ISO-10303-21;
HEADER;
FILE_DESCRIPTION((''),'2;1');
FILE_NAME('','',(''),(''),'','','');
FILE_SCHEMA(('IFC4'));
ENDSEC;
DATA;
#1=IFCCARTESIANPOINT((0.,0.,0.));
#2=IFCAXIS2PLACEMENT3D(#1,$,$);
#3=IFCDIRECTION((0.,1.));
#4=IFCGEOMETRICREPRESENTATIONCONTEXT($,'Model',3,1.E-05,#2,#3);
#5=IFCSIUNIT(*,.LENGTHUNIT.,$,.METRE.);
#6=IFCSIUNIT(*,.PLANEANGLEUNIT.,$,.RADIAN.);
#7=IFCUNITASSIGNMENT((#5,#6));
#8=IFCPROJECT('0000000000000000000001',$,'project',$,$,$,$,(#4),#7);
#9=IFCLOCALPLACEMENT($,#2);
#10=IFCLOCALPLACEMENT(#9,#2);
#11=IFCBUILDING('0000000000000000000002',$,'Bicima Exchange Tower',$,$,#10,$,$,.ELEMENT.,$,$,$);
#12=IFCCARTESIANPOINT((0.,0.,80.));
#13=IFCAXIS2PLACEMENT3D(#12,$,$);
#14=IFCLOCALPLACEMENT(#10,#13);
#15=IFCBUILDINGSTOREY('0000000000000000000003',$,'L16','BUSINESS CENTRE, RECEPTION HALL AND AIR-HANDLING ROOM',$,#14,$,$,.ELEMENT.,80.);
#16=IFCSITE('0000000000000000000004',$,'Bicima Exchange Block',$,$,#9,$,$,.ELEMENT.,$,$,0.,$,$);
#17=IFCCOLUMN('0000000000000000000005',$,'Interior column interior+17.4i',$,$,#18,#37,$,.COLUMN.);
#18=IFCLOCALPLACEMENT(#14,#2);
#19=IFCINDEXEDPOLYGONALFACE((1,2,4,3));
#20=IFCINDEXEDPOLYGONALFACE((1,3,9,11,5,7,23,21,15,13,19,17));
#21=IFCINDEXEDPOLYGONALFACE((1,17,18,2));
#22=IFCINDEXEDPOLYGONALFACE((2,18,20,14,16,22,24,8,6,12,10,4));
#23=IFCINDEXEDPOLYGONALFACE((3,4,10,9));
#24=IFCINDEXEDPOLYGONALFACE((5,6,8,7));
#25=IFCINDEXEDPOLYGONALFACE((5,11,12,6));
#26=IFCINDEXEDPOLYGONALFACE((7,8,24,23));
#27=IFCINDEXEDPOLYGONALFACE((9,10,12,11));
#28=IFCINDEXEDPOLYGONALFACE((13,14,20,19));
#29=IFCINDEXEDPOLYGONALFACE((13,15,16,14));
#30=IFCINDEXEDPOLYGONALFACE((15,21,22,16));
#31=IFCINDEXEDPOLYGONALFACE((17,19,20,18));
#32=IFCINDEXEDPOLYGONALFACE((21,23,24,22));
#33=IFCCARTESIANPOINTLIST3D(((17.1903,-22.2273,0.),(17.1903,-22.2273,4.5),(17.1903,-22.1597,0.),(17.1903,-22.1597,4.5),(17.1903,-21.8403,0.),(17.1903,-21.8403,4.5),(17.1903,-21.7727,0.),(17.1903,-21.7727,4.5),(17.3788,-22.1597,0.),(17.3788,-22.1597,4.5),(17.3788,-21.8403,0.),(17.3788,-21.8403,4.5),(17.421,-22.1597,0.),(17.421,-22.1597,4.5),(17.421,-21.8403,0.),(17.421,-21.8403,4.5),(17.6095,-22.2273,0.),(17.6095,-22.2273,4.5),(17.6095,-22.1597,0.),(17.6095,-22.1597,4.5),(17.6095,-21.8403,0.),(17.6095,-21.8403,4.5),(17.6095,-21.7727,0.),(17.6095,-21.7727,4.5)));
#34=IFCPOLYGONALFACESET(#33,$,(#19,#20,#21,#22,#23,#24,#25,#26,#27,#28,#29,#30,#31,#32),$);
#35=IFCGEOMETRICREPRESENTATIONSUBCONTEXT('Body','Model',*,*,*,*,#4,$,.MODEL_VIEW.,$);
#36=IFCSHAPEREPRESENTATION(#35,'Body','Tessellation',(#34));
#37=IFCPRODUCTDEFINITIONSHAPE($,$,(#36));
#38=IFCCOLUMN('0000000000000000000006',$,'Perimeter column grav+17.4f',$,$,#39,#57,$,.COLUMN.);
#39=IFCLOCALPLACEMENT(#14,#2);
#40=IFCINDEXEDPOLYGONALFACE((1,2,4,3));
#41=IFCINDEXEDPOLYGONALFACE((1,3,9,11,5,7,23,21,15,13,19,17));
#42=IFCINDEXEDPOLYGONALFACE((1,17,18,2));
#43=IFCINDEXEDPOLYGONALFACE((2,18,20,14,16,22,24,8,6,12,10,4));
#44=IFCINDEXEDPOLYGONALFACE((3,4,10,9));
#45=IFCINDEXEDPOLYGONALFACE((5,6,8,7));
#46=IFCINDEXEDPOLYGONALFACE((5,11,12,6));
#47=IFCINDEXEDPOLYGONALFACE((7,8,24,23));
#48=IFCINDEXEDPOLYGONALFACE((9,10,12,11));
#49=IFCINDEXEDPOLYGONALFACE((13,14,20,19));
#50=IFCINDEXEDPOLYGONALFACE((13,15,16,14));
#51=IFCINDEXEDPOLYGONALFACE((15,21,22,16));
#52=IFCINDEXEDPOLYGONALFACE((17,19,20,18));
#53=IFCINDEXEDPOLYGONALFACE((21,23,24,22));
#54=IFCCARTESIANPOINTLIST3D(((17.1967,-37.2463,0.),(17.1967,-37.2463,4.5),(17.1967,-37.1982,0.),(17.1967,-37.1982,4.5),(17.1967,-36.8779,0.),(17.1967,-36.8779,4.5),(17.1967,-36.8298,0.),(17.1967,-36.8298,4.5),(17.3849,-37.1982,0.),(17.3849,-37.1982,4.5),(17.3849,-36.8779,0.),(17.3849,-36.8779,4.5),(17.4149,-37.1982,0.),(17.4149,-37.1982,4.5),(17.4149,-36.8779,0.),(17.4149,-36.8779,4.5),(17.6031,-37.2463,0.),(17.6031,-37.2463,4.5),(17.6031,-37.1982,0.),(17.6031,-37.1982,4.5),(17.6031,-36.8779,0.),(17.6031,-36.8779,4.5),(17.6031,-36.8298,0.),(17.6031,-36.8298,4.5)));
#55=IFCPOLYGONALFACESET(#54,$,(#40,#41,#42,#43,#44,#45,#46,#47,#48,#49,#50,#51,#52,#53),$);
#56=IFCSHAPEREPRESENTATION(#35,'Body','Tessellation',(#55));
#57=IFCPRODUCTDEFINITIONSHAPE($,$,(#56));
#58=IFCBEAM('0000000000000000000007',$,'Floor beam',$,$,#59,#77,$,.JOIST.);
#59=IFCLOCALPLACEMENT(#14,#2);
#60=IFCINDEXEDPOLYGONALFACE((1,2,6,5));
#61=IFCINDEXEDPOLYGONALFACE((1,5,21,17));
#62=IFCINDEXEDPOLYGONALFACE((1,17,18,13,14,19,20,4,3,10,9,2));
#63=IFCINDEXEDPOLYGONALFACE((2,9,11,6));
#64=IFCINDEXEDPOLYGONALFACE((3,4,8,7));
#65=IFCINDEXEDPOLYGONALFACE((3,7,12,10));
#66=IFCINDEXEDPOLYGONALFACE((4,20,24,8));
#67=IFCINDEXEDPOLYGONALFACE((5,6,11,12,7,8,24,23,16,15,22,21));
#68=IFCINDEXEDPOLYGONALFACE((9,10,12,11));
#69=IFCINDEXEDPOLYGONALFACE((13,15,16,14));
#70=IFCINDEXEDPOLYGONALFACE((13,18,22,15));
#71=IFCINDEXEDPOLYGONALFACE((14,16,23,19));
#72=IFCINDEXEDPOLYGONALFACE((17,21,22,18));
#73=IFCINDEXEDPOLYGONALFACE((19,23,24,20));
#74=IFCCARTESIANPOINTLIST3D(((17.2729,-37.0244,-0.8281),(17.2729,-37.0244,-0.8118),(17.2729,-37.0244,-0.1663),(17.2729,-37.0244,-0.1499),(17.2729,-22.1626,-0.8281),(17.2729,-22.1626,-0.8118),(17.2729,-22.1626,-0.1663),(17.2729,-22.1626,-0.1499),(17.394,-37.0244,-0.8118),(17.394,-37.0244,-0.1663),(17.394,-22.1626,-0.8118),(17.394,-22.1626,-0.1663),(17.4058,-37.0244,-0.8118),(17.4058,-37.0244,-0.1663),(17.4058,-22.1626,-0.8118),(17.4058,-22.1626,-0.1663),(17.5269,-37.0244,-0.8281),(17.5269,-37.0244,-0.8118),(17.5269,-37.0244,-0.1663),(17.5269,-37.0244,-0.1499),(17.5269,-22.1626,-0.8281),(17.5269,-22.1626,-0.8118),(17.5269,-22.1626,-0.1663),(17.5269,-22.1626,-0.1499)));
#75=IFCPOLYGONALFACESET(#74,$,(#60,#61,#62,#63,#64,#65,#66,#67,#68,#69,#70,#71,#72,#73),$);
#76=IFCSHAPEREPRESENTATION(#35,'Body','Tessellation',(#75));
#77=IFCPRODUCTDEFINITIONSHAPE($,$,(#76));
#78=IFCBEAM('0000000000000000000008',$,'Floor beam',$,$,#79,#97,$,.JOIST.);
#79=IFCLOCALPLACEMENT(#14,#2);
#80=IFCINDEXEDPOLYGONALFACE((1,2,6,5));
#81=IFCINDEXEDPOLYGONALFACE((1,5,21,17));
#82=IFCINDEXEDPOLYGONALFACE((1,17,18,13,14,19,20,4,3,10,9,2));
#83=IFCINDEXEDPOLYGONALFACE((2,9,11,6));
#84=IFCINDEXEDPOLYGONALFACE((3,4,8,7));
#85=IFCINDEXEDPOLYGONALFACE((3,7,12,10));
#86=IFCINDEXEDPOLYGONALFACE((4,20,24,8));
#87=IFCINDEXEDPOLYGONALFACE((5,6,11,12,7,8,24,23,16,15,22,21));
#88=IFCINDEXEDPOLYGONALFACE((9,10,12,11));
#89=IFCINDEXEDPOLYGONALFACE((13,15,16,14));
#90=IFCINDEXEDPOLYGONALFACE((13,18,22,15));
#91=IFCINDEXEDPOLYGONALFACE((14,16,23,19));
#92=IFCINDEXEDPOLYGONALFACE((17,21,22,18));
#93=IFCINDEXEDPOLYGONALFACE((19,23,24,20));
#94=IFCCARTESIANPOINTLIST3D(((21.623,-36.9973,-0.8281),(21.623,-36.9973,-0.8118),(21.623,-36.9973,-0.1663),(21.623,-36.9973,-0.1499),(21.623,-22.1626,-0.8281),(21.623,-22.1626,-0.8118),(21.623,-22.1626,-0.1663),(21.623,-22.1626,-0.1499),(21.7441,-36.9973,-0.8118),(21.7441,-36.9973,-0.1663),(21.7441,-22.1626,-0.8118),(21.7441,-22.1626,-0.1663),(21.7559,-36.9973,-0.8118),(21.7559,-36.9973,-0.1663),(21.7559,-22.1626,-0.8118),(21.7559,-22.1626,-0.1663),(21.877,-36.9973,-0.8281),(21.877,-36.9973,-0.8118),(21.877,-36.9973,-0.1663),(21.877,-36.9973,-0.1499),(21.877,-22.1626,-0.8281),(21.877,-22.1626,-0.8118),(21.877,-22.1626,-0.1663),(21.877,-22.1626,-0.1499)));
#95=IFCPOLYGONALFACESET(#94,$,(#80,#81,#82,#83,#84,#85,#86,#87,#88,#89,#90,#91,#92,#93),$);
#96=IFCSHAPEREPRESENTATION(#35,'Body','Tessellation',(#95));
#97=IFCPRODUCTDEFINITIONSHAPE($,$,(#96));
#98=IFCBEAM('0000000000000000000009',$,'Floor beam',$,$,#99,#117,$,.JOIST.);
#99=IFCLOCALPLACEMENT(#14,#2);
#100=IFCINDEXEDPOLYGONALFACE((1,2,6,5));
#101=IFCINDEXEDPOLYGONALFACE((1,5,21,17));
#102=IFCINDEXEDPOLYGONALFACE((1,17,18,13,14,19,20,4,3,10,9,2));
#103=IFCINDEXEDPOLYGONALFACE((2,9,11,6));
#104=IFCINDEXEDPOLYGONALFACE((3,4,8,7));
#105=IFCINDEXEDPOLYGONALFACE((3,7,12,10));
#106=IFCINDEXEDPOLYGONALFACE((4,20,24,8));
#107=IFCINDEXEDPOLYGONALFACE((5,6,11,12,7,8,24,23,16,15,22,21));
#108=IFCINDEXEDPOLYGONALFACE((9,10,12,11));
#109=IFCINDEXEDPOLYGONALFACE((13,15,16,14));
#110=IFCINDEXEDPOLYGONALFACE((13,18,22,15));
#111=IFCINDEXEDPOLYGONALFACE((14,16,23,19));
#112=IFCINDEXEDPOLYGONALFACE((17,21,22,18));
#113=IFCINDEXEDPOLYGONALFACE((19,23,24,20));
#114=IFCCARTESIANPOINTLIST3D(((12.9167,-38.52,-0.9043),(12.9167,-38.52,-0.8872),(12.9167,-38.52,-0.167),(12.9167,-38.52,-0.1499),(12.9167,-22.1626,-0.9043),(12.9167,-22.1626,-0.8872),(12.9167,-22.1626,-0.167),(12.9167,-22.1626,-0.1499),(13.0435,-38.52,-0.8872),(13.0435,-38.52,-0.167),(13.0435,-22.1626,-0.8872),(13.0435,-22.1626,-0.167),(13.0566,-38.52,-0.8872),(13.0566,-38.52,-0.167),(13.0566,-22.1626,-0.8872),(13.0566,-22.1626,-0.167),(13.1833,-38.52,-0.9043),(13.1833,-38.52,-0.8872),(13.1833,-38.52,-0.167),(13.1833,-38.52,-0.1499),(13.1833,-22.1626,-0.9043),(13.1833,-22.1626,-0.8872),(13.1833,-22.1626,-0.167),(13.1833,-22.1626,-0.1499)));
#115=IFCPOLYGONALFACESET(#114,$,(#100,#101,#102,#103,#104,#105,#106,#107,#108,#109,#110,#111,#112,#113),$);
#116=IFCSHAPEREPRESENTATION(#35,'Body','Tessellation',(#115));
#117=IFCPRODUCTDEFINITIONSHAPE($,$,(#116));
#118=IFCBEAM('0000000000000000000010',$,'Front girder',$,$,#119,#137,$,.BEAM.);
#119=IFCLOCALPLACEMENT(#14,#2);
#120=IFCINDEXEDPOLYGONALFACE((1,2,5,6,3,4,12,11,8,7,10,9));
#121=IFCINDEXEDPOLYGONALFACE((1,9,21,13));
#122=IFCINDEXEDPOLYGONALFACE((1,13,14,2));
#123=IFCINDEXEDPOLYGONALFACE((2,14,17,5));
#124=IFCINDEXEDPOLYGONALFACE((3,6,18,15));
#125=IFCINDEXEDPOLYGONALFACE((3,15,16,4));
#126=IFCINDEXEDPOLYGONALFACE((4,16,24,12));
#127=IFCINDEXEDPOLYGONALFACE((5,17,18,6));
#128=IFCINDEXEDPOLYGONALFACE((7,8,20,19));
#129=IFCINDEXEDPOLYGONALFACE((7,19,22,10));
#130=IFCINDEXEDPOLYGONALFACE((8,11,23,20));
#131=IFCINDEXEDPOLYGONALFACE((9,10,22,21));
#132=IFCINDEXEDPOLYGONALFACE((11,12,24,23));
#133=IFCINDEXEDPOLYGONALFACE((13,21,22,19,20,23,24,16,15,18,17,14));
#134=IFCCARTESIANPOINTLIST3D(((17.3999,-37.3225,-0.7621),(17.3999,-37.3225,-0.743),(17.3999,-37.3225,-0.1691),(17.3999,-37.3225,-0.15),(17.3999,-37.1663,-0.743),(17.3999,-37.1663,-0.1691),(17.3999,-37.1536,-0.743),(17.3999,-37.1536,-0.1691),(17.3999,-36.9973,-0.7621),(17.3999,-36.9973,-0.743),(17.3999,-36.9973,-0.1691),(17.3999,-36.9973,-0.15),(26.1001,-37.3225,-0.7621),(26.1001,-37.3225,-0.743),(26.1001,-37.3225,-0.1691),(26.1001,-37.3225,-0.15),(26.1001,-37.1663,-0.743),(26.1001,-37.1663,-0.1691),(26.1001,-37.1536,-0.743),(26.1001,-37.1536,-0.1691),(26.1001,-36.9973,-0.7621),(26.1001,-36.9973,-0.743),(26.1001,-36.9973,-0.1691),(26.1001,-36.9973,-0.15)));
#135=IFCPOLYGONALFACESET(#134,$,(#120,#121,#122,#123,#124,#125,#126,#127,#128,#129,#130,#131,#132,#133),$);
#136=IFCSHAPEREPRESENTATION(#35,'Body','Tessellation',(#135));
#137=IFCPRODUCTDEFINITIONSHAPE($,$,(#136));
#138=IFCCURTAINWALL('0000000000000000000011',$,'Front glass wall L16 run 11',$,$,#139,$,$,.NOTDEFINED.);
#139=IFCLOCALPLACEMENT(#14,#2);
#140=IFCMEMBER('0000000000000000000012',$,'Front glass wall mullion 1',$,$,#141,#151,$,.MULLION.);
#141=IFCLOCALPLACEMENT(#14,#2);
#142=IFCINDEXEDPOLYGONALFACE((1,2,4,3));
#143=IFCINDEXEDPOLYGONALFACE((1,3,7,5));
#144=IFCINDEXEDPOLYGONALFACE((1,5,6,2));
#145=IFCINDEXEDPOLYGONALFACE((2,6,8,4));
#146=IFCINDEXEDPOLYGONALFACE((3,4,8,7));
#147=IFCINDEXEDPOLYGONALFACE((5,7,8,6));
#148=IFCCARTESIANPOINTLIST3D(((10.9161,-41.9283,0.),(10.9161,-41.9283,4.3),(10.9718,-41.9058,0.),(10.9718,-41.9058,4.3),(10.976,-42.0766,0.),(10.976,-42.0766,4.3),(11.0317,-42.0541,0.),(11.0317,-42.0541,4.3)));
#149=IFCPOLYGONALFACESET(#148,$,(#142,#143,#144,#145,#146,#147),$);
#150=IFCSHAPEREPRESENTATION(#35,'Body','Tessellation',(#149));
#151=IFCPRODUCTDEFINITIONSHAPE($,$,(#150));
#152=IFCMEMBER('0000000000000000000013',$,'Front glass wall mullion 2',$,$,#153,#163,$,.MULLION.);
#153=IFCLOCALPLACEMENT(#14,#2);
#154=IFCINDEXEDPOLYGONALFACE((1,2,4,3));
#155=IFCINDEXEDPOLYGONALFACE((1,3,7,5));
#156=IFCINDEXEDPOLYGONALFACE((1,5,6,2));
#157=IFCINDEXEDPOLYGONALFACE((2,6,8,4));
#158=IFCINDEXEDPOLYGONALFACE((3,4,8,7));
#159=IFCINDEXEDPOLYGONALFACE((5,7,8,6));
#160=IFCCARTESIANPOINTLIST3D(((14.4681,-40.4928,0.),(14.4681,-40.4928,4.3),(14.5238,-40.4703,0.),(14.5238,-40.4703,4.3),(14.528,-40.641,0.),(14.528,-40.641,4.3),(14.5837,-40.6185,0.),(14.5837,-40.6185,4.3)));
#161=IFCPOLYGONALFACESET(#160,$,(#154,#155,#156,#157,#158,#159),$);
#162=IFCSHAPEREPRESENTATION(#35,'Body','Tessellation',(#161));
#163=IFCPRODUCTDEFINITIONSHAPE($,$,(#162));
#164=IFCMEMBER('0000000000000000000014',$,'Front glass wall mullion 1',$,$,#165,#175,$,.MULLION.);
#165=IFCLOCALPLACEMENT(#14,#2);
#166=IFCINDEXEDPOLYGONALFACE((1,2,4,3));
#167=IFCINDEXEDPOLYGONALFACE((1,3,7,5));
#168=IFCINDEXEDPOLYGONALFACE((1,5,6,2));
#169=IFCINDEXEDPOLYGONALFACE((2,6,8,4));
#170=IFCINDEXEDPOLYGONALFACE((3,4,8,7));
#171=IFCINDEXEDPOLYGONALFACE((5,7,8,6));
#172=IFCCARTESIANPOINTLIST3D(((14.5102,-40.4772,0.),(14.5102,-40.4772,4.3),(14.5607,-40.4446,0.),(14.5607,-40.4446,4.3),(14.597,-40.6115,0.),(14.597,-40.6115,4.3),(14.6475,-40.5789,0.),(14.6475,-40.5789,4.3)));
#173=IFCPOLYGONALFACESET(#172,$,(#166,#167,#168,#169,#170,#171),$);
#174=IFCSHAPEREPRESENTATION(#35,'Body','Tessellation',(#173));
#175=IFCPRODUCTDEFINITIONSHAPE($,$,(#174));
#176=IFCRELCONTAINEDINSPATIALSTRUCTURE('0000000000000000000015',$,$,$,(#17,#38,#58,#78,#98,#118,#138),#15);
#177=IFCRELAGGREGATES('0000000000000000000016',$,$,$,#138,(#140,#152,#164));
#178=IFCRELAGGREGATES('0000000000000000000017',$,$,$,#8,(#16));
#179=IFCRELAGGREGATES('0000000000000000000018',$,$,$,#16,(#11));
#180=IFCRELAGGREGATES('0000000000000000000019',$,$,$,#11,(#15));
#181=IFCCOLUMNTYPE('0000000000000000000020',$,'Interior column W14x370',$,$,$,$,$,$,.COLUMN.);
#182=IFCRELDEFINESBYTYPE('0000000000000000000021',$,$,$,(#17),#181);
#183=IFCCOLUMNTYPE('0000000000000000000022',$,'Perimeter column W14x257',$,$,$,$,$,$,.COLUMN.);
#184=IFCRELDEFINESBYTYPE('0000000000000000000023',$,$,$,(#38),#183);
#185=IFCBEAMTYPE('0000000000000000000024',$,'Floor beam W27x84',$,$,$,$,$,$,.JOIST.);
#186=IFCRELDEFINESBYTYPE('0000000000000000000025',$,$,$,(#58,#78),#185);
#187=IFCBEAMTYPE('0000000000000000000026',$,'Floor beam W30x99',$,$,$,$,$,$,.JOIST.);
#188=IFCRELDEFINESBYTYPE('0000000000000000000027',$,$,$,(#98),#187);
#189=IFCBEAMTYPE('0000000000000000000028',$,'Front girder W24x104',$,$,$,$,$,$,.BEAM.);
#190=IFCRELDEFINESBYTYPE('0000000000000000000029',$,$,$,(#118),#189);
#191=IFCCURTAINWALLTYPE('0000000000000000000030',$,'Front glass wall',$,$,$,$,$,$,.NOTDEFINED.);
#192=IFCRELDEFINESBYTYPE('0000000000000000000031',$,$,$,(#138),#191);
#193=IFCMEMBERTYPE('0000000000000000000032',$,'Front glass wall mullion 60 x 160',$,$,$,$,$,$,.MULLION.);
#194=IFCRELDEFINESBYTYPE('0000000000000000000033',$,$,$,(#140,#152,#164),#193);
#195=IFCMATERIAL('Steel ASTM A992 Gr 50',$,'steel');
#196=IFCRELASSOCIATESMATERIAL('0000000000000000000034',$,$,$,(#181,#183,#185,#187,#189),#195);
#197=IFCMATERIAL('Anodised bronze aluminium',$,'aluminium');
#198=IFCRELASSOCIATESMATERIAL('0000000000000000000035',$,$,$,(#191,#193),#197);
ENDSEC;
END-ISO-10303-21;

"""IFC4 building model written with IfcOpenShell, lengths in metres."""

from ifc_helpers import new_model, si_unit, direction, frame, origin, origin_2d, place, context, subcontext, project, spatial, rectangle, i_section, extrude, material, material_profile, profile_set, type_object, element, aggregate, save


model = new_model("IFC4")

# Units and contexts
model_context = context("Model", 3, precision=1e-05, world=origin(), true_north=direction((0.0, 1.0)))
body_context = subcontext(model_context, "Body", "Model", "MODEL_VIEW")
ifc_project = project(units=[si_unit("LENGTHUNIT", "METRE"), si_unit("PLANEANGLEUNIT", "RADIAN")], contexts=[model_context])

# Site, building, storey
site_placement = place(None, origin())
site = spatial("IfcSite", under=ifc_project, at=site_placement, Name="Bicima Exchange Block", CompositionType="ELEMENT", RefElevation=0.0)
building_placement = place(site_placement, origin())
building = spatial("IfcBuilding", under=site, at=building_placement, Name="Bicima Exchange Tower", CompositionType="ELEMENT")
storey_placement = place(building_placement, frame((0.0, 0.0, 80.0)))
storey = spatial("IfcBuildingStorey", under=building, at=storey_placement, Name="L16", Description="BUSINESS CENTRE, RECEPTION HALL AND AIR-HANDLING ROOM", CompositionType="ELEMENT", Elevation=80.0)

# Columns
ifc_material_1 = material(Name="Steel ASTM A992 Gr 50", Category="steel")
ifc_material_profile_1 = material_profile(ifc_material_1, i_section(OverallWidth=0.4192, OverallDepth=0.4546, WebThickness=0.0422, FlangeThickness=0.0676, at=origin_2d()))
ifc_profile_set_1 = profile_set([ifc_material_profile_1], Name="Steel ASTM A992 Gr 50")
column_type_1 = type_object("IfcColumnType", Name="Interior column W14x370", PredefinedType="COLUMN", material=ifc_profile_set_1)
column_1_placement = place(storey_placement, frame((17.3999, -22.0, 0.0), z_axis=(0.0, 0.0, 1.0), x_axis=(1.0, 0.0, 0.0)))
element("IfcColumn", 1, at=column_1_placement, inside=storey, type_object=column_type_1, Name="Interior column interior+17.4i", PredefinedType="COLUMN", context=body_context, shape_type="SweptSolid", body=[
    extrude(i_section(OverallWidth=0.4192, OverallDepth=0.4546, WebThickness=0.0422, FlangeThickness=0.0676, at=origin_2d()), origin(), (0.0, 0.0, 1.0), 4.5),
])
ifc_material_profile_2 = material_profile(ifc_material_1, i_section(OverallWidth=0.4065, OverallDepth=0.4165, WebThickness=0.03, FlangeThickness=0.0481, at=origin_2d()))
ifc_profile_set_2 = profile_set([ifc_material_profile_2], Name="Steel ASTM A992 Gr 50")
column_type_2 = type_object("IfcColumnType", Name="Perimeter column W14x257", PredefinedType="COLUMN", material=ifc_profile_set_2)
column_2_placement = place(storey_placement, frame((17.3999, -37.0381, 0.0), z_axis=(0.0, 0.0, 1.0), x_axis=(1.0, 0.0, 0.0)))
element("IfcColumn", 2, at=column_2_placement, inside=storey, type_object=column_type_2, Name="Perimeter column grav+17.4f", PredefinedType="COLUMN", context=body_context, shape_type="SweptSolid", body=[
    extrude(i_section(OverallWidth=0.4065, OverallDepth=0.4165, WebThickness=0.03, FlangeThickness=0.0481, at=origin_2d()), origin(), (0.0, 0.0, 1.0), 4.5),
])

# Beams
ifc_material_profile_3 = material_profile(ifc_material_1, i_section(OverallWidth=0.2539, OverallDepth=0.6782, WebThickness=0.0117, FlangeThickness=0.0164, at=origin_2d()))
ifc_profile_set_3 = profile_set([ifc_material_profile_3], Name="Steel ASTM A992 Gr 50")
beam_type_1 = type_object("IfcBeamType", Name="Floor beam W27x84", PredefinedType="JOIST", material=ifc_profile_set_3)
beam_1_placement = place(storey_placement, frame((17.3999, -22.1626, -0.489), z_axis=(0.0, -1.0, 0.0), x_axis=(1.0, 0.0, 0.0)))
element("IfcBeam", 3, at=beam_1_placement, inside=storey, type_object=beam_type_1, Name="Floor beam", PredefinedType="JOIST", context=body_context, shape_type="SweptSolid", body=[
    extrude(i_section(OverallWidth=0.2539, OverallDepth=0.6782, WebThickness=0.0117, FlangeThickness=0.0164, at=origin_2d()), origin(), (0.0, 0.0, 1.0), 14.8618),
])
beam_2_placement = place(storey_placement, frame((21.75, -22.1626, -0.489), z_axis=(0.0, -1.0, 0.0), x_axis=(1.0, 0.0, 0.0)))
element("IfcBeam", 4, at=beam_2_placement, inside=storey, type_object=beam_type_1, Name="Floor beam", PredefinedType="JOIST", context=body_context, shape_type="SweptSolid", body=[
    extrude(i_section(OverallWidth=0.2539, OverallDepth=0.6782, WebThickness=0.0117, FlangeThickness=0.0164, at=origin_2d()), origin(), (0.0, 0.0, 1.0), 14.8347),
])
ifc_material_profile_4 = material_profile(ifc_material_1, i_section(OverallWidth=0.2666, OverallDepth=0.7544, WebThickness=0.0132, FlangeThickness=0.0171, at=origin_2d()))
ifc_profile_set_4 = profile_set([ifc_material_profile_4], Name="Steel ASTM A992 Gr 50")
beam_type_2 = type_object("IfcBeamType", Name="Floor beam W30x99", PredefinedType="JOIST", material=ifc_profile_set_4)
beam_3_placement = place(storey_placement, frame((13.05, -22.1626, -0.5271), z_axis=(0.0, -1.0, 0.0), x_axis=(1.0, 0.0, 0.0)))
element("IfcBeam", 5, at=beam_3_placement, inside=storey, type_object=beam_type_2, Name="Floor beam", PredefinedType="JOIST", context=body_context, shape_type="SweptSolid", body=[
    extrude(i_section(OverallWidth=0.2666, OverallDepth=0.7544, WebThickness=0.0132, FlangeThickness=0.0171, at=origin_2d()), origin(), (0.0, 0.0, 1.0), 16.3574),
])
ifc_material_profile_5 = material_profile(ifc_material_1, i_section(OverallWidth=0.3252, OverallDepth=0.6121, WebThickness=0.0127, FlangeThickness=0.019, at=origin_2d()))
ifc_profile_set_5 = profile_set([ifc_material_profile_5], Name="Steel ASTM A992 Gr 50")
beam_type_3 = type_object("IfcBeamType", Name="Front girder W24x104", PredefinedType="BEAM", material=ifc_profile_set_5)
beam_4_placement = place(storey_placement, frame((17.3999, -37.1599, -0.4561), z_axis=(1.0, 0.0, 0.0), x_axis=(0.0, 1.0, 0.0)))
element("IfcBeam", 6, at=beam_4_placement, inside=storey, type_object=beam_type_3, Name="Front girder", PredefinedType="BEAM", context=body_context, shape_type="SweptSolid", body=[
    extrude(i_section(OverallWidth=0.3252, OverallDepth=0.6121, WebThickness=0.0127, FlangeThickness=0.019, at=origin_2d()), origin(), (0.0, 0.0, 1.0), 8.7002),
])

# Curtain wall, members
ifc_material_2 = material(Name="Anodised bronze aluminium", Category="aluminium")
curtain_wall_type = type_object("IfcCurtainWallType", Name="Front glass wall", PredefinedType="NOTDEFINED", material=ifc_material_2)
curtain_wall_1_placement = place(storey_placement, origin())
curtain_wall_1 = element("IfcCurtainWall", 7, at=curtain_wall_1_placement, inside=storey, type_object=curtain_wall_type, Name="Front glass wall L16 run 11", PredefinedType="NOTDEFINED")
ifc_material_profile_6 = material_profile(ifc_material_2, rectangle(XDim=0.1599, YDim=0.0601, at=origin_2d()))
ifc_profile_set_6 = profile_set([ifc_material_profile_6], Name="Anodised bronze aluminium")
member_type_1 = type_object("IfcMemberType", Name="Front glass wall mullion 60 x 160", PredefinedType="MULLION", material=ifc_profile_set_6)
member_1_placement = place(storey_placement, frame((10.9739, -41.9912, 0.0), z_axis=(0.0, 0.0, 1.0), x_axis=(-0.374705, 0.927144, 0.0)))
member_1 = element("IfcMember", 8, at=member_1_placement, type_object=member_type_1, Name="Front glass wall mullion 1", PredefinedType="MULLION", context=body_context, shape_type="SweptSolid", body=[
    extrude(rectangle(XDim=0.1599, YDim=0.0601, at=origin_2d()), origin(), (0.0, 0.0, 1.0), 4.3),
])
member_2_placement = place(storey_placement, frame((14.5259, -40.5557, 0.0), z_axis=(0.0, 0.0, 1.0), x_axis=(-0.374705, 0.927144, 0.0)))
member_2 = element("IfcMember", 9, at=member_2_placement, type_object=member_type_1, Name="Front glass wall mullion 2", PredefinedType="MULLION", context=body_context, shape_type="SweptSolid", body=[
    extrude(rectangle(XDim=0.1599, YDim=0.0601, at=origin_2d()), origin(), (0.0, 0.0, 1.0), 4.3),
])
member_3_placement = place(storey_placement, frame((14.5789, -40.5281, 0.0), z_axis=(0.0, 0.0, 1.0), x_axis=(-0.542909, 0.839791, 0.0)))
member_3 = element("IfcMember", 10, at=member_3_placement, type_object=member_type_1, Name="Front glass wall mullion 1", PredefinedType="MULLION", context=body_context, shape_type="SweptSolid", body=[
    extrude(rectangle(XDim=0.1599, YDim=0.0601, at=origin_2d()), origin(), (0.0, 0.0, 1.0), 4.3),
])

aggregate(curtain_wall_1, [member_1, member_2, member_3])

save(model, "model.ifc")
